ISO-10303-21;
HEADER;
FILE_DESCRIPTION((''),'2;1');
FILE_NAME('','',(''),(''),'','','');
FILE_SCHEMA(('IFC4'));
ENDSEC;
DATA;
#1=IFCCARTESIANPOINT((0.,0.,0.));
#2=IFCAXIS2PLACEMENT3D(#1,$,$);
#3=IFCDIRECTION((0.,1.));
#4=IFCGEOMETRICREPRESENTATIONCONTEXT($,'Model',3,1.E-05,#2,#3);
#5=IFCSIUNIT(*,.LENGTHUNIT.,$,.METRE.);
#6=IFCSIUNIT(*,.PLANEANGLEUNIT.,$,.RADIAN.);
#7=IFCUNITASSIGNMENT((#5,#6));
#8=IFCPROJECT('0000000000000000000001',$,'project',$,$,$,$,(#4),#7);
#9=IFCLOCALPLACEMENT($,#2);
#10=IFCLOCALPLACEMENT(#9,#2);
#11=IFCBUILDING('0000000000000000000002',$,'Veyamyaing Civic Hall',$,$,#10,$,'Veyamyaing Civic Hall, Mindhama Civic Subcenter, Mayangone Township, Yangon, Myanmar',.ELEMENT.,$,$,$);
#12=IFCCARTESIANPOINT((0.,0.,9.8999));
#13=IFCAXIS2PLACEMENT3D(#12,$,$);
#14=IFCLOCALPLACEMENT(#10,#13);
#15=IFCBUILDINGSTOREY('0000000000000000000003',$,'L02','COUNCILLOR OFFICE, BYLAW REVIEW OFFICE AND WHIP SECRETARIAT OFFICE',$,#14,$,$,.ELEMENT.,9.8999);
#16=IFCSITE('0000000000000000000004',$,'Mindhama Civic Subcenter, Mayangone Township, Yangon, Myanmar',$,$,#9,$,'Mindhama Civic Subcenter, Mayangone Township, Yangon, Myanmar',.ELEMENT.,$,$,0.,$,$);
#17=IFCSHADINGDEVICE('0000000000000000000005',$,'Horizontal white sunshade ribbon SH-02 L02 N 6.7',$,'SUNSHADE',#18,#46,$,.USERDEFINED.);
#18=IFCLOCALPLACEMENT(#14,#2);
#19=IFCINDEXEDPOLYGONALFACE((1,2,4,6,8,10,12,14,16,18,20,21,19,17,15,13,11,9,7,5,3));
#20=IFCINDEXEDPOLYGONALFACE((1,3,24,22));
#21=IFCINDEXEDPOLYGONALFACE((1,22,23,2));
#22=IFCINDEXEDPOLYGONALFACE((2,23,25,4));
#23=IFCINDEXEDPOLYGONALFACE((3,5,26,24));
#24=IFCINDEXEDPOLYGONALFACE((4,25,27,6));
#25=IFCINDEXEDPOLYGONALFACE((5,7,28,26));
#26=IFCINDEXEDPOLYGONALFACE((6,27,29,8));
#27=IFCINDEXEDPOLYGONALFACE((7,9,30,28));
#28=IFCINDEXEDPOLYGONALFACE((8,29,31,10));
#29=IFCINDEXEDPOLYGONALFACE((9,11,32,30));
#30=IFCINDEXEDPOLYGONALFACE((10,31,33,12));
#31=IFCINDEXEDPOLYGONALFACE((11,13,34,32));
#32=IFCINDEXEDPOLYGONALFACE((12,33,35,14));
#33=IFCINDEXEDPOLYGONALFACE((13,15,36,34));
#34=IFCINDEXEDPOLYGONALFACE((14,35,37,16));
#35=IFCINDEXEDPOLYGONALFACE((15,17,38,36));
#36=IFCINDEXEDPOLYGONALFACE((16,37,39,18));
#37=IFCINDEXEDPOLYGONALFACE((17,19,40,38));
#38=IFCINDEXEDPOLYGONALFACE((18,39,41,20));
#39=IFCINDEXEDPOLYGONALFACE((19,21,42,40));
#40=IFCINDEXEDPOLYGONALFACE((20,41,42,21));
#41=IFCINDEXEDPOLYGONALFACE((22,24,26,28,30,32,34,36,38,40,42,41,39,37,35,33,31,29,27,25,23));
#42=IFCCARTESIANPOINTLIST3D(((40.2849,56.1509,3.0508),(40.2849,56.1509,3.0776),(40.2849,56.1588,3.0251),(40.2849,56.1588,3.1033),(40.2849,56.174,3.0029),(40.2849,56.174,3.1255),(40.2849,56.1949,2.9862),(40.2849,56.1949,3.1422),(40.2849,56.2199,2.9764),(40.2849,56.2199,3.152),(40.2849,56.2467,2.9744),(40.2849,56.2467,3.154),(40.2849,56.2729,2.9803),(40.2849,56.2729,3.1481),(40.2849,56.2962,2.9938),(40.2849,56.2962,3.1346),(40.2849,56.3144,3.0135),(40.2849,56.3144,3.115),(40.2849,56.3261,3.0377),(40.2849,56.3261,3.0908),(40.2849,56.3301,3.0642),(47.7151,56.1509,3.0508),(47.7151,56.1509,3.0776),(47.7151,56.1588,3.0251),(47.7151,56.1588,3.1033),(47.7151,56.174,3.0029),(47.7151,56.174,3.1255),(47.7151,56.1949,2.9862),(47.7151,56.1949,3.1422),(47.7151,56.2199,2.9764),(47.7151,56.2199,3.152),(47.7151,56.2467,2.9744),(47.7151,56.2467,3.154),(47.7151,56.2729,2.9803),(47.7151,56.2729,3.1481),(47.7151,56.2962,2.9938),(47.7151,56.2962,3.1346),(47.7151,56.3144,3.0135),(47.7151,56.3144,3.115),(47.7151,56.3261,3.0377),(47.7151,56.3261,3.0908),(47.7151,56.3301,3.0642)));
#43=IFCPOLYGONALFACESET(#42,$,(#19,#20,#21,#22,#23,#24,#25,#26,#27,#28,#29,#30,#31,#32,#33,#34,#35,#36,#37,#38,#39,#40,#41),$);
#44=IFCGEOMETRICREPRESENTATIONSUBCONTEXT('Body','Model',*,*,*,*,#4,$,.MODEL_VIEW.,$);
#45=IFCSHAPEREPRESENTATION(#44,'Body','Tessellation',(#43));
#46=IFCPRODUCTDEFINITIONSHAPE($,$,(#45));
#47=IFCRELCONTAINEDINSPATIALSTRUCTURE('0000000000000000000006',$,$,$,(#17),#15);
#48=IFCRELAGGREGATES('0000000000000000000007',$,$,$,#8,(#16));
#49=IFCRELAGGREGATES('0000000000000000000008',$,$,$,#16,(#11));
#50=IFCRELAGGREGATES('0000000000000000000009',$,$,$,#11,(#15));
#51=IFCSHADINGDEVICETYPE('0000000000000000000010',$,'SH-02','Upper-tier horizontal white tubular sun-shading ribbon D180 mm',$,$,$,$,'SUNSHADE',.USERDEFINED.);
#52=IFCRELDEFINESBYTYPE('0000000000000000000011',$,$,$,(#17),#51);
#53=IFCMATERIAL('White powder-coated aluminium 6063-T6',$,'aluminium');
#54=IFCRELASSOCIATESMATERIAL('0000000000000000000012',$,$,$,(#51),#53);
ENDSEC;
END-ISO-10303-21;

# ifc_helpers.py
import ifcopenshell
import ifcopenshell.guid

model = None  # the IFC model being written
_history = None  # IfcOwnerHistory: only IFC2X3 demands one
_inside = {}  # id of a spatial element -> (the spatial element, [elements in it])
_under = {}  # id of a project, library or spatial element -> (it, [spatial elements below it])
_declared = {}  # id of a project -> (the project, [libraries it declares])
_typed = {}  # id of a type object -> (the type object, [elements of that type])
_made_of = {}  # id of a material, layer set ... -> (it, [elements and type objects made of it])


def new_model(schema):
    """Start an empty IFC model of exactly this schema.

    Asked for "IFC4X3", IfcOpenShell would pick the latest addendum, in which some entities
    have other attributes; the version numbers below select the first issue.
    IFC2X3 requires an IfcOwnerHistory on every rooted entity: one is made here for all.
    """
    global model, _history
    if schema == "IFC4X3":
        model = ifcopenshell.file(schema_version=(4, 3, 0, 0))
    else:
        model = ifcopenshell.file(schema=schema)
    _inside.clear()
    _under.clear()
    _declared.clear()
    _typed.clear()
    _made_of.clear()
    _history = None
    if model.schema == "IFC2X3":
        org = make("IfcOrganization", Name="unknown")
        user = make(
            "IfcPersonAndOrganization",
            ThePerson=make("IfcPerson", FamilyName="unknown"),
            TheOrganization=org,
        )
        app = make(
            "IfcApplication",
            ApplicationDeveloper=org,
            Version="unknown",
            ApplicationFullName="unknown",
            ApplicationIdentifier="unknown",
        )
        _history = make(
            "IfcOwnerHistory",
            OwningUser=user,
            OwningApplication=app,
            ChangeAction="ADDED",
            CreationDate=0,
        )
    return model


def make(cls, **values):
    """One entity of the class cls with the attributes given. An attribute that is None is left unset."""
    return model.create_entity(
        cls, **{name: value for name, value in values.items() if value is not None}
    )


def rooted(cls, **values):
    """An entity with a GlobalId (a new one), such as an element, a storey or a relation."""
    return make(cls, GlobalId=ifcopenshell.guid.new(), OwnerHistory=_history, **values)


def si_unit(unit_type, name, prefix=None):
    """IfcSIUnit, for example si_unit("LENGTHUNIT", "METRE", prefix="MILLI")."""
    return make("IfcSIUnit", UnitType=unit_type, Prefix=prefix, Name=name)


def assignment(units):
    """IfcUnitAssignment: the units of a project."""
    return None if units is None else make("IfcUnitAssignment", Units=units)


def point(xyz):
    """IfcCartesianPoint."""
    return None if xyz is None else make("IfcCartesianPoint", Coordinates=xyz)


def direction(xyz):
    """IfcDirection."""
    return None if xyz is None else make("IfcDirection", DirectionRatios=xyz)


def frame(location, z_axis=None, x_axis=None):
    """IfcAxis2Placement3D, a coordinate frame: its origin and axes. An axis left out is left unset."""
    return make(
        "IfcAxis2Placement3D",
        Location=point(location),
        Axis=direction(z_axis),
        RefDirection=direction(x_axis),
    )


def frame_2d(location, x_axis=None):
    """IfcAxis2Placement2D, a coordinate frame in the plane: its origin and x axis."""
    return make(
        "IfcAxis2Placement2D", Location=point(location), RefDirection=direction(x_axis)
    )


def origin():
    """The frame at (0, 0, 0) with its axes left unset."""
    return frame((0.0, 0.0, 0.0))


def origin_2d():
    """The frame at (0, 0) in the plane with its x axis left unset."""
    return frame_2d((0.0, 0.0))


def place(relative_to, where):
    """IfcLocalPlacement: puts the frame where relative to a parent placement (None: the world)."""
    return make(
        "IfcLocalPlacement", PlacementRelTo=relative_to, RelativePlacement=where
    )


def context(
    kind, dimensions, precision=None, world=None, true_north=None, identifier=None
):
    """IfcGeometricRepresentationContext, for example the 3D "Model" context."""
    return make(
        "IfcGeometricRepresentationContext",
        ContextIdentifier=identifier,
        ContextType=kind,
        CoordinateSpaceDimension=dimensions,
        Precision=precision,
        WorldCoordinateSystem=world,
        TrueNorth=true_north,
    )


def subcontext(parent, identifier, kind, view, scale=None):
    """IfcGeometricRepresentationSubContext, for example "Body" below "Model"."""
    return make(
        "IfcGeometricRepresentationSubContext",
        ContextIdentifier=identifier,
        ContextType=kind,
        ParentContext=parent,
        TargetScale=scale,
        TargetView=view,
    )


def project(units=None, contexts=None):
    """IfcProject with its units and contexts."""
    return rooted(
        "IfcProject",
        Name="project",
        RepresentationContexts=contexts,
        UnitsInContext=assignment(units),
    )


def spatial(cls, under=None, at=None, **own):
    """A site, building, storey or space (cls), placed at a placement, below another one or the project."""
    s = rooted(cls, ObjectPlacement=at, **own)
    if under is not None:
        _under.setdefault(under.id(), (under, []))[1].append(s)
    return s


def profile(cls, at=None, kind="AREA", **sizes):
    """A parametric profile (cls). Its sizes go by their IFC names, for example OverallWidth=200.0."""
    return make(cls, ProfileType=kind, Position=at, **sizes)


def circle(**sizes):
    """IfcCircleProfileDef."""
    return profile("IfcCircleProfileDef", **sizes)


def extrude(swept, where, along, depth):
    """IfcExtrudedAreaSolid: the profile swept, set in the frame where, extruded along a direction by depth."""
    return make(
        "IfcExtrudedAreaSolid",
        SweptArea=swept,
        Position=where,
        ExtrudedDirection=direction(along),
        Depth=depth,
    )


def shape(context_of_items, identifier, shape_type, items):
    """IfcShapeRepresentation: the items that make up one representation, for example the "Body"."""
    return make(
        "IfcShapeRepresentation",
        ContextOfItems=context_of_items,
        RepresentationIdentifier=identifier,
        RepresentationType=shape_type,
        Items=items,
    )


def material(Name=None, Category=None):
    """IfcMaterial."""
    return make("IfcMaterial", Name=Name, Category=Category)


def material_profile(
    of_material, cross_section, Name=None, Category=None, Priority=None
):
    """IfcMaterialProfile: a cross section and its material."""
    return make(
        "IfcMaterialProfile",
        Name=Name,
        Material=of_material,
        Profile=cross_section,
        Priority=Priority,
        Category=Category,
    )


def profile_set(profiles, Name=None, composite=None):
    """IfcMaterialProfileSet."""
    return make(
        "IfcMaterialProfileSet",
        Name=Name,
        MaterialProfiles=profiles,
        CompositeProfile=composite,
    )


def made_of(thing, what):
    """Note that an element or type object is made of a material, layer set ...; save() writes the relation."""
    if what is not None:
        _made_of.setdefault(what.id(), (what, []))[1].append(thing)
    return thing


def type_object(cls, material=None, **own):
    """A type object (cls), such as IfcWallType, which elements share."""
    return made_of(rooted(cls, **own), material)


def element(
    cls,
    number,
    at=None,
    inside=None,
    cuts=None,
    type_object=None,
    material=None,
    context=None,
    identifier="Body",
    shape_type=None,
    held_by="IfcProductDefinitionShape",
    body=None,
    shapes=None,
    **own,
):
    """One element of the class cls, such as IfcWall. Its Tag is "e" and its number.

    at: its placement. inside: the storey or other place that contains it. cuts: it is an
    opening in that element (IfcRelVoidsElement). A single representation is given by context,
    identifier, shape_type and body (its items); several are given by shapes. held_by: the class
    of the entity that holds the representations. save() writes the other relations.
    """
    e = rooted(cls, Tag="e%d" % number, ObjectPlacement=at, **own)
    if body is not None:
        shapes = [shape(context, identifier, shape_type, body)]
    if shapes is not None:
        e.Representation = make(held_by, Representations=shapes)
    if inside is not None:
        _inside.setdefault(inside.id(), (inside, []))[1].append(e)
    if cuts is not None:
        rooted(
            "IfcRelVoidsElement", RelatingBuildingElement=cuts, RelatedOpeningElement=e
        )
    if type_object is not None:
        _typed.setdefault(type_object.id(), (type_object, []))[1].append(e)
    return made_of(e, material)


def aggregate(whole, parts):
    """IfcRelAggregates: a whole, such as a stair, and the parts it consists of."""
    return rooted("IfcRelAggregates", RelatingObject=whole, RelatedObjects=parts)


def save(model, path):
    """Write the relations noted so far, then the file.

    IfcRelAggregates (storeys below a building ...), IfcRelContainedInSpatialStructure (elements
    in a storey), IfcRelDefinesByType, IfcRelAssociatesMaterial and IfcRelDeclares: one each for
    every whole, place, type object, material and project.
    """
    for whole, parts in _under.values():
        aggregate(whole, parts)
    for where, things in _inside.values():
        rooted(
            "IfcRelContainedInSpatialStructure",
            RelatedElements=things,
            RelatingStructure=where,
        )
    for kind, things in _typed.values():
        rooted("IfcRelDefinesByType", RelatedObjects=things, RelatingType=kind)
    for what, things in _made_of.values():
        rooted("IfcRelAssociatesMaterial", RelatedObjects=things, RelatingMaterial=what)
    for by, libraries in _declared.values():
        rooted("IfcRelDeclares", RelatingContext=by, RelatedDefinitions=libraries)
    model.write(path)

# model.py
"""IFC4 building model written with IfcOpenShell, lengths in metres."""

from ifc_helpers import new_model, si_unit, direction, frame, origin, origin_2d, place, context, subcontext, project, spatial, circle, extrude, material, material_profile, profile_set, type_object, element, save


model = new_model("IFC4")

# Units and contexts
model_context = context("Model", 3, precision=1e-05, world=origin(), true_north=direction((0.0, 1.0)))
body_context = subcontext(model_context, "Body", "Model", "MODEL_VIEW")
ifc_project = project(units=[si_unit("LENGTHUNIT", "METRE"), si_unit("PLANEANGLEUNIT", "RADIAN")], contexts=[model_context])

# Site, building, storey
site_placement = place(None, origin())
site = spatial("IfcSite", under=ifc_project, at=site_placement, Name="Mindhama Civic Subcenter, Mayangone Township, Yangon, Myanmar", LongName="Mindhama Civic Subcenter, Mayangone Township, Yangon, Myanmar", CompositionType="ELEMENT", RefElevation=0.0)
building_placement = place(site_placement, origin())
building = spatial("IfcBuilding", under=site, at=building_placement, Name="Veyamyaing Civic Hall", LongName="Veyamyaing Civic Hall, Mindhama Civic Subcenter, Mayangone Township, Yangon, Myanmar", CompositionType="ELEMENT")
storey_placement = place(building_placement, frame((0.0, 0.0, 9.8999)))
storey = spatial("IfcBuildingStorey", under=building, at=storey_placement, Name="L02", Description="COUNCILLOR OFFICE, BYLAW REVIEW OFFICE AND WHIP SECRETARIAT OFFICE", CompositionType="ELEMENT", Elevation=9.8999)

# Shading device
ifc_material_1 = material(Name="White powder-coated aluminium 6063-T6", Category="aluminium")
ifc_material_profile_1 = material_profile(ifc_material_1, circle(Radius=0.0901, at=origin_2d()), Name="SHADE-TUBE-180")
ifc_profile_set_1 = profile_set([ifc_material_profile_1], Name="White powder-coated aluminium 6063-T6")
shading_device_type = type_object("IfcShadingDeviceType", Name="SH-02", Description="Upper-tier horizontal white tubular sun-shading ribbon D180 mm", ElementType="SUNSHADE", PredefinedType="USERDEFINED", material=ifc_profile_set_1)
shading_device_placement = place(storey_placement, frame((40.2849, 56.24, 3.0642), z_axis=(1.0, 0.0, 0.0), x_axis=(0.0, 1.0, 0.0)))
element("IfcShadingDevice", 1, at=shading_device_placement, inside=storey, type_object=shading_device_type, Name="Horizontal white sunshade ribbon SH-02 L02 N 6.7", ObjectType="SUNSHADE", PredefinedType="USERDEFINED", context=body_context, shape_type="SweptSolid", body=[
    extrude(circle(Radius=0.0901, at=origin_2d()), origin(), (0.0, 0.0, 1.0), 7.4302),
])

save(model, "model.ifc")
